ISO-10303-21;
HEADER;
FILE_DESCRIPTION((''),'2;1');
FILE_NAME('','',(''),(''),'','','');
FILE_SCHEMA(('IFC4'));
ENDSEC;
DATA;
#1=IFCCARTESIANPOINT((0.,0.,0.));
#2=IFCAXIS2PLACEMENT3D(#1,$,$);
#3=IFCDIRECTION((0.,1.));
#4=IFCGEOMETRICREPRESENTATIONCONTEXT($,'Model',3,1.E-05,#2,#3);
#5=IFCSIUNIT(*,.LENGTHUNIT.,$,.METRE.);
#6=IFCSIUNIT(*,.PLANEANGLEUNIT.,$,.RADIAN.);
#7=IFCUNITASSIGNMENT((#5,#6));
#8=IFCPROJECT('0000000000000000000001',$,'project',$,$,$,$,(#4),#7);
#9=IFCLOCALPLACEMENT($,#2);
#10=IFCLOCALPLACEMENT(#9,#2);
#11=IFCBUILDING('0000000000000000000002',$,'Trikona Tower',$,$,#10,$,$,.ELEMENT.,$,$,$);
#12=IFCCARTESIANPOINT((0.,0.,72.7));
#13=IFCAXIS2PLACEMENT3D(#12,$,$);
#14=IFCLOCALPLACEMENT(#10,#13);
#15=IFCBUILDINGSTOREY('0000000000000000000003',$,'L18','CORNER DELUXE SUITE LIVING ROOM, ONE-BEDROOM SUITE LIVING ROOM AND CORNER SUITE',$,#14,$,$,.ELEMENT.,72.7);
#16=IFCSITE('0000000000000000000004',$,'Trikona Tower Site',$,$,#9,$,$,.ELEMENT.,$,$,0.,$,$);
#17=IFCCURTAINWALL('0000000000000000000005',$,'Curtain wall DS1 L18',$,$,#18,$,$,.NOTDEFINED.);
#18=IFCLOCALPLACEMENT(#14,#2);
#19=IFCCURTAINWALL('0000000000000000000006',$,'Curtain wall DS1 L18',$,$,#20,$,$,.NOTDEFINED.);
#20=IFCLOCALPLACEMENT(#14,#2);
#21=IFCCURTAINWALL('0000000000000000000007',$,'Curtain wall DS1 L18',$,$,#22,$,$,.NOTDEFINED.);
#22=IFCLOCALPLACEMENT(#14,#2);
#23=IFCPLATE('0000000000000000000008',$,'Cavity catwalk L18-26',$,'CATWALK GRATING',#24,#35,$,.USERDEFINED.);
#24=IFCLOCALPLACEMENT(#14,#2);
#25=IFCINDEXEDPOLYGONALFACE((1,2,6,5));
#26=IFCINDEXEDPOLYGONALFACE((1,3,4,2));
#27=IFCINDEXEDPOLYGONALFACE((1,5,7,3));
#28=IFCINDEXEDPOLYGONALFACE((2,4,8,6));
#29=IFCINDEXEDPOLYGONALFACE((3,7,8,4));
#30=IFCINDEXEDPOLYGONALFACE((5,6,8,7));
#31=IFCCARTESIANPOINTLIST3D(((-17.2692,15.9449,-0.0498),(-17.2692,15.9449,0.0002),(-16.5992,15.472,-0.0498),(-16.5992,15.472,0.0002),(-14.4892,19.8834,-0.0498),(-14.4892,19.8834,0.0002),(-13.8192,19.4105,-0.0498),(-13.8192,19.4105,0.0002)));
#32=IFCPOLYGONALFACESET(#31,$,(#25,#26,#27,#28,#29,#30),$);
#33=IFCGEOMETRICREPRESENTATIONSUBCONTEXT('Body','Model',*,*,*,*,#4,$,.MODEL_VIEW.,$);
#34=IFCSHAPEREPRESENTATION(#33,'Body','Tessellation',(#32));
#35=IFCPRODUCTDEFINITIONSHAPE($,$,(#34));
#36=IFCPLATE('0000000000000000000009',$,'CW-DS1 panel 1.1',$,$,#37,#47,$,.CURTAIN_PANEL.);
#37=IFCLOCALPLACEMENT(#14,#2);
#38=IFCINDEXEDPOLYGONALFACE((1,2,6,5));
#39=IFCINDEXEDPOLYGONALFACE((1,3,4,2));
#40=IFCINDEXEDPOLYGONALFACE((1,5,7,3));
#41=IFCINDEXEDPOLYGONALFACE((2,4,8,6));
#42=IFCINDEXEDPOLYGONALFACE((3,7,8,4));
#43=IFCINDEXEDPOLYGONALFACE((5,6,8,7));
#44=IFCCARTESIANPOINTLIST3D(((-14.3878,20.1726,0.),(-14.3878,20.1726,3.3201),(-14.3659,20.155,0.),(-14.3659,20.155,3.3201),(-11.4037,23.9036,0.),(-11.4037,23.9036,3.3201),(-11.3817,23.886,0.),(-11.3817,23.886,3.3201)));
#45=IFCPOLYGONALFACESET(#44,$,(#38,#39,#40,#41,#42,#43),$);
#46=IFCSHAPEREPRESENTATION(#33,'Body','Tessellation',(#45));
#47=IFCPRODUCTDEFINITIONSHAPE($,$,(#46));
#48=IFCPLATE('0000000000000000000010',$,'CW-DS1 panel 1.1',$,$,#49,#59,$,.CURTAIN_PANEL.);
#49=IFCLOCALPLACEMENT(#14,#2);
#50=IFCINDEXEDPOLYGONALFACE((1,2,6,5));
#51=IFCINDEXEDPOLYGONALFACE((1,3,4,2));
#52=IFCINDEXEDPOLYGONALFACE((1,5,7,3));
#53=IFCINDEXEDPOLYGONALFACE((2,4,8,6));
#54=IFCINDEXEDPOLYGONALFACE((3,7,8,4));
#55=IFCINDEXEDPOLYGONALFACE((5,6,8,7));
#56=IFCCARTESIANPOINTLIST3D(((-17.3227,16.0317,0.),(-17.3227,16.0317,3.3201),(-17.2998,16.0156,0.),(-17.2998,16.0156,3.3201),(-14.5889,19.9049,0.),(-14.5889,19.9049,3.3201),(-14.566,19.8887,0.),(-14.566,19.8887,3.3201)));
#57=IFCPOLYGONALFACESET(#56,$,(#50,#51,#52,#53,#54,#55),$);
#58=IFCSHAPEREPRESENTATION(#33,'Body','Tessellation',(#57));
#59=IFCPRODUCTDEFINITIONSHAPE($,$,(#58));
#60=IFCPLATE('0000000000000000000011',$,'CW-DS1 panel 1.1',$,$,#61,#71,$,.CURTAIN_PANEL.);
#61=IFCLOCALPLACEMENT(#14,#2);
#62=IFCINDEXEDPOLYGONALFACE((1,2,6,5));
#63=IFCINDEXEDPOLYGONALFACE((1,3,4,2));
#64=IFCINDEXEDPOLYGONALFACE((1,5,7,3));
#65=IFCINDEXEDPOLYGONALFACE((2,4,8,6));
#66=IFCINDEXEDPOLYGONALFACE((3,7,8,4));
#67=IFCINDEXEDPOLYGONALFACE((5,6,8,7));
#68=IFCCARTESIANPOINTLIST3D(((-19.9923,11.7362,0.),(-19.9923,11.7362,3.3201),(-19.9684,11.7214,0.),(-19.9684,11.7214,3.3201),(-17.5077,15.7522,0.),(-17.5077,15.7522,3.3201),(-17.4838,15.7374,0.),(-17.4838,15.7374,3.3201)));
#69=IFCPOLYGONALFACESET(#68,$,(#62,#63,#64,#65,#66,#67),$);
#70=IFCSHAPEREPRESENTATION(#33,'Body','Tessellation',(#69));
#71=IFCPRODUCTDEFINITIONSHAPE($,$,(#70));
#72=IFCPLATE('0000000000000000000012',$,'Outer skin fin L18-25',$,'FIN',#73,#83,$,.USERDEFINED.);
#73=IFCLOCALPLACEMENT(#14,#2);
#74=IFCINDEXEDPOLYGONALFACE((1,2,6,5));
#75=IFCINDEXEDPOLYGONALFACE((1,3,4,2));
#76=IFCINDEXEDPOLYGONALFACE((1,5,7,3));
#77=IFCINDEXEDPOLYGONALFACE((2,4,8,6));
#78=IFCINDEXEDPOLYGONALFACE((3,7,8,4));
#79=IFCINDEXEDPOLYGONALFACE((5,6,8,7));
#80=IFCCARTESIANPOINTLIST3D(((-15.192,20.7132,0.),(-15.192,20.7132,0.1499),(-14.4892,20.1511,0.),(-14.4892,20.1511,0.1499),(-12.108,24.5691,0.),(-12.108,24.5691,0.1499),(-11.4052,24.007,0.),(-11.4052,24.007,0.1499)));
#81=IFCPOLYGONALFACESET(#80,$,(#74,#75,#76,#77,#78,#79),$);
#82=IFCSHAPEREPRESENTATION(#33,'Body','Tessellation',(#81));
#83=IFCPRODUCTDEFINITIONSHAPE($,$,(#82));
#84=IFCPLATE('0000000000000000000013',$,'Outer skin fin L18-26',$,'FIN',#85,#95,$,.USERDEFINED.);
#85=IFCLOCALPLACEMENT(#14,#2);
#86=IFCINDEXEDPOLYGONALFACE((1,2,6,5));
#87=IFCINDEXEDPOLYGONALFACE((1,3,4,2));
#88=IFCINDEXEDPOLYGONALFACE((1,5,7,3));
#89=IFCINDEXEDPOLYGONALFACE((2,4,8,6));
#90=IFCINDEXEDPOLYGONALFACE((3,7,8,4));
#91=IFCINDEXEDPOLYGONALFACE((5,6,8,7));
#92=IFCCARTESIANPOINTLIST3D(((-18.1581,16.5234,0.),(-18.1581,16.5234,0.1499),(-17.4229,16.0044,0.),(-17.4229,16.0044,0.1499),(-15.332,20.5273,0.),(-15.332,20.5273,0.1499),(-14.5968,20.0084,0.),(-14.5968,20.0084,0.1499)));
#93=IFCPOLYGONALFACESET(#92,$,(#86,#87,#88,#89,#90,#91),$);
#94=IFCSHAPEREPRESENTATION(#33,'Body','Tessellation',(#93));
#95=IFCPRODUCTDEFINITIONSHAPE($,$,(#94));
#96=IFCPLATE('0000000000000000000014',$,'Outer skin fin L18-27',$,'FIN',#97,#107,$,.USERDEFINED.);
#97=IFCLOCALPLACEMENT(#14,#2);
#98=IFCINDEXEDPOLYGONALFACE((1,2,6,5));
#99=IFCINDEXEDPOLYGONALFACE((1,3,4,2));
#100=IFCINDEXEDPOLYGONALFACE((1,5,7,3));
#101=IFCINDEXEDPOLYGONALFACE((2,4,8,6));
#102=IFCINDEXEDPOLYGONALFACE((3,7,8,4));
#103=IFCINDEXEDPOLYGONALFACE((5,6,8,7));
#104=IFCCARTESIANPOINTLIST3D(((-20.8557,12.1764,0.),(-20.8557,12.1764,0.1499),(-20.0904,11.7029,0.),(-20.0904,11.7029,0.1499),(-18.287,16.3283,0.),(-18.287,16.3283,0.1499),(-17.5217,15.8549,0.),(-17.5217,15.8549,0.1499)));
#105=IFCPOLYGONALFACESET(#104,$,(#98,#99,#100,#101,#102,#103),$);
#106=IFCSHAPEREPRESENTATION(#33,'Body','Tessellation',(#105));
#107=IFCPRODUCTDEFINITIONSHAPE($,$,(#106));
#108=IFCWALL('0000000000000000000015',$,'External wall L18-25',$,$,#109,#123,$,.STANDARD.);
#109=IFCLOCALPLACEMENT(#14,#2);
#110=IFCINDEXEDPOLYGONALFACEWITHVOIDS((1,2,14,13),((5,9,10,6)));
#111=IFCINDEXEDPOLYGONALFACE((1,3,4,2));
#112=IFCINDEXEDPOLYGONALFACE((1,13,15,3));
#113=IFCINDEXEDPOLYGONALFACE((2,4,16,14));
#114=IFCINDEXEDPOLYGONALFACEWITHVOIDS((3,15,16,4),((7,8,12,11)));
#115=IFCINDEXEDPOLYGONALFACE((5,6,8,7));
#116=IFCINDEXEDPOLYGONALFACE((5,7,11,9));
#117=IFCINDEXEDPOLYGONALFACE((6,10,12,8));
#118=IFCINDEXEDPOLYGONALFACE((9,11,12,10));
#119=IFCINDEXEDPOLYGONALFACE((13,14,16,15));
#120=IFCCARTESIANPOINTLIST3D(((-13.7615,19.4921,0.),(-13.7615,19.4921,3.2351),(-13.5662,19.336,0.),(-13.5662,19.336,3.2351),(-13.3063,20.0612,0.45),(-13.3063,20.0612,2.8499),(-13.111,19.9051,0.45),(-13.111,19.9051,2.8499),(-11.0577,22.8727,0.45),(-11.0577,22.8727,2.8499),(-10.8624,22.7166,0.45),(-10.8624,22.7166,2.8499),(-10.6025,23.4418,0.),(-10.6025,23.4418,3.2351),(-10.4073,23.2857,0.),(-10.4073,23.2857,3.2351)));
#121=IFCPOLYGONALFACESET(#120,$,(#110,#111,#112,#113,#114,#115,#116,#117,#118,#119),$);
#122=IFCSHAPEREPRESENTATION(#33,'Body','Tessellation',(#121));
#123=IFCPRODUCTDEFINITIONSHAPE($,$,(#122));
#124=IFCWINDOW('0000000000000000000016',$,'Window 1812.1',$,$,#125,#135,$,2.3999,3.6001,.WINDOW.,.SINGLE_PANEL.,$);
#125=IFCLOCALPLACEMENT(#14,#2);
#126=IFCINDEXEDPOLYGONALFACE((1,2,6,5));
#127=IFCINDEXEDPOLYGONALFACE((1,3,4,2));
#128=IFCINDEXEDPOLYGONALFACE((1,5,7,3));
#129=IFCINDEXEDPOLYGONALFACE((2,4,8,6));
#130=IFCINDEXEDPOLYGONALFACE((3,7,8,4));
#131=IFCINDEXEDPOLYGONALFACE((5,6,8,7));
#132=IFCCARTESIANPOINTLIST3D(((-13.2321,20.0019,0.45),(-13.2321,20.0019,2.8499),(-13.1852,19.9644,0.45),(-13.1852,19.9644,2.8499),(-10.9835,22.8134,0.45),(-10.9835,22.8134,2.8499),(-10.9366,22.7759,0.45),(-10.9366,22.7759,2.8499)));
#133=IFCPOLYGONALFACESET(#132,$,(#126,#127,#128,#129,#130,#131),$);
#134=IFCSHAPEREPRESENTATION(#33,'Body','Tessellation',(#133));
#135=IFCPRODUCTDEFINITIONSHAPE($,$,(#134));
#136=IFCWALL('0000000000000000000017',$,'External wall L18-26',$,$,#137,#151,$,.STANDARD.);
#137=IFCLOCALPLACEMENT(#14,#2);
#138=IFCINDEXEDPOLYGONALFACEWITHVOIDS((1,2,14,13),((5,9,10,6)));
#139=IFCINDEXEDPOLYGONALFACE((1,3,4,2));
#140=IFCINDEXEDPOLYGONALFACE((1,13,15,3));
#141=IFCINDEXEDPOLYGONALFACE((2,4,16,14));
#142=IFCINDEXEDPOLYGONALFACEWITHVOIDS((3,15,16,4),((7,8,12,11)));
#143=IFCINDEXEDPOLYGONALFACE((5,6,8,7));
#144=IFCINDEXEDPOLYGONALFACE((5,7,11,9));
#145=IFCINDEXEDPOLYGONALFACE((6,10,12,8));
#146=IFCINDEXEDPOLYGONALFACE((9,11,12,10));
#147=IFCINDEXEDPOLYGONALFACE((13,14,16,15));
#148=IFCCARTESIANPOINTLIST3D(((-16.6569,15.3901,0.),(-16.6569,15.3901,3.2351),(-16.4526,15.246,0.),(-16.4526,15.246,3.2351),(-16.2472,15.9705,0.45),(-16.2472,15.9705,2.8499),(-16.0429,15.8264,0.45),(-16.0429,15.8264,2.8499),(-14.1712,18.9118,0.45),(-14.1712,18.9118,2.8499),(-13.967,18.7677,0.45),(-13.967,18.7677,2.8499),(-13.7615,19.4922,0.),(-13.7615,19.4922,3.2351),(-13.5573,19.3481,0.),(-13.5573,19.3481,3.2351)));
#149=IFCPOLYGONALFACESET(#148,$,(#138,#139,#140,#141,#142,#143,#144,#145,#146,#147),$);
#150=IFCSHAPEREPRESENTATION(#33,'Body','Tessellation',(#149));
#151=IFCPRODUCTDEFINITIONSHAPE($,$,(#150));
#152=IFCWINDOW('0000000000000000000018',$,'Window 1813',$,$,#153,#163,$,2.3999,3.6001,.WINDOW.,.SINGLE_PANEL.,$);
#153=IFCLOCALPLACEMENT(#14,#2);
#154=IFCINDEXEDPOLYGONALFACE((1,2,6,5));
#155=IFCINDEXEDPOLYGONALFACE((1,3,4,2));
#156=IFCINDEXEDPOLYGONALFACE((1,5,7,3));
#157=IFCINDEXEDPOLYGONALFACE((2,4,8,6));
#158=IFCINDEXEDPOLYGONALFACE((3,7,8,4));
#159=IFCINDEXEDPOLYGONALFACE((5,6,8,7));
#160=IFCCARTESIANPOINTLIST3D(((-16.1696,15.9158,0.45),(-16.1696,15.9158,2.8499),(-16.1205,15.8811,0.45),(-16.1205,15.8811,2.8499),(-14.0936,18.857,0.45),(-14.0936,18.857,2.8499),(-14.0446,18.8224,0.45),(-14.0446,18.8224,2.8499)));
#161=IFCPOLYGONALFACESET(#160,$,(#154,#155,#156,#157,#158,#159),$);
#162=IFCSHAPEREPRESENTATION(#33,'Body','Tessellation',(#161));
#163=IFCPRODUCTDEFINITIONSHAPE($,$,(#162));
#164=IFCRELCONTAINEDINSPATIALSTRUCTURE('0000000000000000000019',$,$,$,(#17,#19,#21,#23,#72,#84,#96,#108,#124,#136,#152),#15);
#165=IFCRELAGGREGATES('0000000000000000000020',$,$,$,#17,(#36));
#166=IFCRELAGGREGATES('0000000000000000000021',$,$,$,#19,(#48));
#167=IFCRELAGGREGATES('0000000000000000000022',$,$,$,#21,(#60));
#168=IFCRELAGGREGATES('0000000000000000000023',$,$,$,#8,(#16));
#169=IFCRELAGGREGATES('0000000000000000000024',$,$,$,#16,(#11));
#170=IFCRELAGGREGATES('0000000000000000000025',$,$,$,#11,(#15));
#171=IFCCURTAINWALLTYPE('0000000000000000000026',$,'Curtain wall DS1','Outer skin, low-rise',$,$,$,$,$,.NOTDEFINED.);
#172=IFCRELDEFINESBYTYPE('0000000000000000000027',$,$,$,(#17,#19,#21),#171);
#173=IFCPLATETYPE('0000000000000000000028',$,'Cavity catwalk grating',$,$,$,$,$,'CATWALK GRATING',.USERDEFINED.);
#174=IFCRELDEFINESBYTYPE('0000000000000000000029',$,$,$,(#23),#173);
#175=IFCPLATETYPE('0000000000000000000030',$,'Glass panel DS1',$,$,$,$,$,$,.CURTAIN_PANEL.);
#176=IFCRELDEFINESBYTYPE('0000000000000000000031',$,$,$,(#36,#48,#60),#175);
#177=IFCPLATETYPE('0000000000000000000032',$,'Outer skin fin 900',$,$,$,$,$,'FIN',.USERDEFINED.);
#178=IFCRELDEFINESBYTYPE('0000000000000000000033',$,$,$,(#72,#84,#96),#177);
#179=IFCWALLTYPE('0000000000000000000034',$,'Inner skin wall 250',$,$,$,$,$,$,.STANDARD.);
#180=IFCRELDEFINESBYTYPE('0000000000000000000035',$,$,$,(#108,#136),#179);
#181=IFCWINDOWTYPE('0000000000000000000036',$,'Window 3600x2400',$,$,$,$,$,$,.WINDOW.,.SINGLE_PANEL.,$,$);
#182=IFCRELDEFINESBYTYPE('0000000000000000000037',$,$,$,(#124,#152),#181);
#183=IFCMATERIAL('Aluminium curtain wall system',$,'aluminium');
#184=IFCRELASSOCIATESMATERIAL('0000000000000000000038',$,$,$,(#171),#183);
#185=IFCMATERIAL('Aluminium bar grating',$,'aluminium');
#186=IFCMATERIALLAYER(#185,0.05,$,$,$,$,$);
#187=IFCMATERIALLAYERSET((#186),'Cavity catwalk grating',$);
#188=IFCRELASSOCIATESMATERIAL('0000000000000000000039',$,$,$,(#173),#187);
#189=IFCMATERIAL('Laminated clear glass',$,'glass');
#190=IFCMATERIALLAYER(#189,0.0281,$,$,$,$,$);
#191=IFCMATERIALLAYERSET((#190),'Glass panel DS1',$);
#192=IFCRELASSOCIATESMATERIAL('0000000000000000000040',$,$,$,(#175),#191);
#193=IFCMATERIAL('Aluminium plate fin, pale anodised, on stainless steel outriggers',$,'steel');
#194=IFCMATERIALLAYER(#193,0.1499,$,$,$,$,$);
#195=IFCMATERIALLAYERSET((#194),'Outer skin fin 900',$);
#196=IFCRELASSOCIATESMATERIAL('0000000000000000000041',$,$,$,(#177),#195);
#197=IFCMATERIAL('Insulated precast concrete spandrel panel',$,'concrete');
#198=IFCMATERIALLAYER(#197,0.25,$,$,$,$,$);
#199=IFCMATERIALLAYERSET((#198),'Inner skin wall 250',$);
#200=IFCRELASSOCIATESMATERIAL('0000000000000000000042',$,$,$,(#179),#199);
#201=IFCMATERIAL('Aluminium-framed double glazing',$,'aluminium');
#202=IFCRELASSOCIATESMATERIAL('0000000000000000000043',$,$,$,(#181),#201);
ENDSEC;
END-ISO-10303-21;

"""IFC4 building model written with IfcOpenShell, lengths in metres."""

from ifc_helpers import new_model, si_unit, direction, frame, frame_2d, origin, origin_2d, place, context, subcontext, project, spatial, rectangle, extrude, material, layer, layer_set, type_object, element, fill, aggregate, save


model = new_model("IFC4")

# Units and contexts
model_context = context("Model", 3, precision=1e-05, world=origin(), true_north=direction((0.0, 1.0)))
body_context = subcontext(model_context, "Body", "Model", "MODEL_VIEW")
ifc_project = project(units=[si_unit("LENGTHUNIT", "METRE"), si_unit("PLANEANGLEUNIT", "RADIAN")], contexts=[model_context])

# Site, building, storey
site_placement = place(None, origin())
site = spatial("IfcSite", under=ifc_project, at=site_placement, Name="Trikona Tower Site", CompositionType="ELEMENT", RefElevation=0.0)
building_placement = place(site_placement, origin())
building = spatial("IfcBuilding", under=site, at=building_placement, Name="Trikona Tower", CompositionType="ELEMENT")
storey_placement = place(building_placement, frame((0.0, 0.0, 72.7)))
storey = spatial("IfcBuildingStorey", under=building, at=storey_placement, Name="L18", Description="CORNER DELUXE SUITE LIVING ROOM, ONE-BEDROOM SUITE LIVING ROOM AND CORNER SUITE", CompositionType="ELEMENT", Elevation=72.7)

# Shared definitions
ifc_material_1 = material(Name="Aluminium curtain wall system", Category="aluminium")
curtain_wall_type = type_object("IfcCurtainWallType", Name="Curtain wall DS1", Description="Outer skin, low-rise", PredefinedType="NOTDEFINED", material=ifc_material_1)

# Curtain walls
curtain_wall_1_placement = place(storey_placement, origin())
curtain_wall_1 = element("IfcCurtainWall", 1, at=curtain_wall_1_placement, inside=storey, type_object=curtain_wall_type, Name="Curtain wall DS1 L18", PredefinedType="NOTDEFINED")
curtain_wall_2_placement = place(storey_placement, origin())
curtain_wall_2 = element("IfcCurtainWall", 2, at=curtain_wall_2_placement, inside=storey, type_object=curtain_wall_type, Name="Curtain wall DS1 L18", PredefinedType="NOTDEFINED")

# Curtain wall
curtain_wall_3_placement = place(storey_placement, origin())
curtain_wall_3 = element("IfcCurtainWall", 3, at=curtain_wall_3_placement, inside=storey, type_object=curtain_wall_type, Name="Curtain wall DS1 L18", PredefinedType="NOTDEFINED")

# Plate
ifc_material_2 = material(Name="Aluminium bar grating", Category="aluminium")
ifc_layer_1 = layer(ifc_material_2, 0.05)
ifc_layer_set_1 = layer_set([ifc_layer_1], Name="Cavity catwalk grating")
plate_type_1 = type_object("IfcPlateType", Name="Cavity catwalk grating", ElementType="CATWALK GRATING", PredefinedType="USERDEFINED", material=ifc_layer_set_1)
plate_1_placement = place(storey_placement, frame((-15.5442, 17.6777, -0.0498), z_axis=(0.0, 0.0, 1.0), x_axis=(-0.576662, -0.816983, 0.0)))
element("IfcPlate", 4, at=plate_1_placement, inside=storey, type_object=plate_type_1, Name="Cavity catwalk L18-26", ObjectType="CATWALK GRATING", PredefinedType="USERDEFINED", context=body_context, shape_type="SweptSolid", body=[
    extrude(rectangle(XDim=4.8208, YDim=0.8201, at=origin_2d()), origin(), (0.0, 0.0, 1.0), 0.05),
])

# Plates
ifc_material_3 = material(Name="Laminated clear glass", Category="glass")
ifc_layer_2 = layer(ifc_material_3, 0.0281)
ifc_layer_set_2 = layer_set([ifc_layer_2], Name="Glass panel DS1")
plate_type_2 = type_object("IfcPlateType", Name="Glass panel DS1", PredefinedType="CURTAIN_PANEL", material=ifc_layer_set_2)
plate_2_placement = place(storey_placement, frame((-12.8848, 22.0293, 0.0), z_axis=(0.0, 0.0, 1.0), x_axis=(-0.624609, -0.780938, 0.0)))
plate_2 = element("IfcPlate", 5, at=plate_2_placement, type_object=plate_type_2, Name="CW-DS1 panel 1.1", PredefinedType="CURTAIN_PANEL", context=body_context, shape_type="SweptSolid", body=[
    extrude(rectangle(XDim=4.7776, YDim=0.0281, at=origin_2d()), origin(), (0.0, 0.0, 1.0), 3.3201),
])
aggregate(curtain_wall_1, [plate_2])
plate_3_placement = place(storey_placement, frame((-15.9443, 17.9602, 0.0), z_axis=(0.0, 0.0, 1.0), x_axis=(-0.576658, -0.816985, 0.0)))
plate_3 = element("IfcPlate", 6, at=plate_3_placement, type_object=plate_type_2, Name="CW-DS1 panel 1.1", PredefinedType="CURTAIN_PANEL", context=body_context, shape_type="SweptSolid", body=[
    extrude(rectangle(XDim=4.7407, YDim=0.0281, at=origin_2d()), origin(), (0.0, 0.0, 1.0), 3.3201),
])
aggregate(curtain_wall_2, [plate_3])
plate_4_placement = place(storey_placement, frame((-18.738, 13.7368, 0.0), z_axis=(0.0, 0.0, 1.0), x_axis=(-0.52612, -0.85041, 0.0)))
plate_4 = element("IfcPlate", 7, at=plate_4_placement, type_object=plate_type_2, Name="CW-DS1 panel 1.1", PredefinedType="CURTAIN_PANEL", context=body_context, shape_type="SweptSolid", body=[
    extrude(rectangle(XDim=4.7224, YDim=0.0281, at=origin_2d()), origin(), (0.0, 0.0, 1.0), 3.3201),
])
aggregate(curtain_wall_3, [plate_4])

# Plates
ifc_material_4 = material(Name="Aluminium plate fin, pale anodised, on stainless steel outriggers", Category="steel")
ifc_layer_3 = layer(ifc_material_4, 0.1499)
ifc_layer_set_3 = layer_set([ifc_layer_3], Name="Outer skin fin 900")
plate_type_3 = type_object("IfcPlateType", Name="Outer skin fin 900", ElementType="FIN", PredefinedType="USERDEFINED", material=ifc_layer_set_3)
plate_5_placement = place(storey_placement, frame((-13.2986, 22.3601, 0.0), z_axis=(0.0, 0.0, 1.0), x_axis=(-0.624604, -0.780942, 0.0)))
element("IfcPlate", 8, at=plate_5_placement, inside=storey, type_object=plate_type_3, Name="Outer skin fin L18-25", ObjectType="FIN", PredefinedType="USERDEFINED", context=body_context, shape_type="SweptSolid", body=[
    extrude(rectangle(XDim=4.9375, YDim=0.8999, at=origin_2d()), origin(), (0.0, 0.0, 1.0), 0.1499),
])
plate_6_placement = place(storey_placement, frame((-16.3774, 18.2659, 0.0), z_axis=(0.0, 0.0, 1.0), x_axis=(-0.576662, -0.816983, 0.0)))
element("IfcPlate", 9, at=plate_6_placement, inside=storey, type_object=plate_type_3, Name="Outer skin fin L18-26", ObjectType="FIN", PredefinedType="USERDEFINED", context=body_context, shape_type="SweptSolid", body=[
    extrude(rectangle(XDim=4.9009, YDim=0.8999, at=origin_2d()), origin(), (0.0, 0.0, 1.0), 0.1499),
])
plate_7_placement = place(storey_placement, frame((-19.1887, 14.0156, 0.0), z_axis=(0.0, 0.0, 1.0), x_axis=(-0.526119, -0.850411, 0.0)))
element("IfcPlate", 10, at=plate_7_placement, inside=storey, type_object=plate_type_3, Name="Outer skin fin L18-27", ObjectType="FIN", PredefinedType="USERDEFINED", context=body_context, shape_type="SweptSolid", body=[
    extrude(rectangle(XDim=4.8823, YDim=0.8999, at=origin_2d()), origin(), (0.0, 0.0, 1.0), 0.1499),
])

# Walls, openings, windows
ifc_material_5 = material(Name="Insulated precast concrete spandrel panel", Category="concrete")
ifc_layer_4 = layer(ifc_material_5, 0.25)
ifc_layer_set_4 = layer_set([ifc_layer_4], Name="Inner skin wall 250")
wall_type = type_object("IfcWallType", Name="Inner skin wall 250", PredefinedType="STANDARD", material=ifc_layer_set_4)
wall_1_placement = place(storey_placement, frame((-10.5049, 23.3638, 0.0), z_axis=(0.0, 0.0, 1.0), x_axis=(-0.624595, -0.780949, 0.0)))
wall_1 = element("IfcWall", 11, at=wall_1_placement, inside=storey, type_object=wall_type, Name="External wall L18-25", PredefinedType="STANDARD", context=body_context, shape_type="SweptSolid", body=[
    extrude(rectangle(XDim=5.0576, YDim=0.25, at=frame_2d((2.5288, 0.0))), origin(), (0.0, 0.0, 1.0), 3.2351),
])
opening_1_placement = place(wall_1_placement, frame((0.7288, 0.0, 0.45)))
opening_1 = element("IfcOpeningElement", 12, at=opening_1_placement, cuts=wall_1, PredefinedType="OPENING", context=body_context, shape_type="SweptSolid", body=[
    extrude(rectangle(XDim=3.6001, YDim=2.3999, at=frame_2d((1.8, 1.2))), frame((0.0, 0.135, 0.0), z_axis=(0.0, -1.0, 0.0), x_axis=(1.0, 0.0, 0.0)), (0.0, 0.0, 1.0), 0.27),
])
ifc_material_6 = material(Name="Aluminium-framed double glazing", Category="aluminium")
window_type = type_object("IfcWindowType", Name="Window 3600x2400", PartitioningType="SINGLE_PANEL", PredefinedType="WINDOW", material=ifc_material_6)
window_1_placement = place(opening_1_placement, origin())
window_1 = element("IfcWindow", 13, at=window_1_placement, inside=storey, type_object=window_type, Name="Window 1812.1", OverallHeight=2.3999, OverallWidth=3.6001, PartitioningType="SINGLE_PANEL", PredefinedType="WINDOW", context=body_context, shape_type="SweptSolid", body=[
    extrude(rectangle(XDim=3.6001, YDim=2.3999, at=frame_2d((1.8, 1.2))), frame((0.0, 0.03, 0.0), z_axis=(0.0, -1.0, 0.0), x_axis=(1.0, 0.0, 0.0)), (0.0, 0.0, 1.0), 0.0601),
])
fill(opening_1, window_1)
wall_2_placement = place(storey_placement, frame((-13.6594, 19.4202, 0.0), z_axis=(0.0, 0.0, 1.0), x_axis=(-0.576643, -0.816996, 0.0)))
wall_2 = element("IfcWall", 14, at=wall_2_placement, inside=storey, type_object=wall_type, Name="External wall L18-26", PredefinedType="STANDARD", context=body_context, shape_type="SweptSolid", body=[
    extrude(rectangle(XDim=5.021, YDim=0.25, at=frame_2d((2.5105, 0.0))), origin(), (0.0, 0.0, 1.0), 3.2351),
])
opening_2_placement = place(wall_2_placement, frame((0.7104, 0.0, 0.45)))
opening_2 = element("IfcOpeningElement", 15, at=opening_2_placement, cuts=wall_2, PredefinedType="OPENING", context=body_context, shape_type="SweptSolid", body=[
    extrude(rectangle(XDim=3.6001, YDim=2.3999, at=frame_2d((1.8, 1.2))), frame((0.0, 0.135, 0.0), z_axis=(0.0, -1.0, 0.0), x_axis=(1.0, 0.0, 0.0)), (0.0, 0.0, 1.0), 0.27),
])
window_2_placement = place(opening_2_placement, origin())
window_2 = element("IfcWindow", 16, at=window_2_placement, inside=storey, type_object=window_type, Name="Window 1813", OverallHeight=2.3999, OverallWidth=3.6001, PartitioningType="SINGLE_PANEL", PredefinedType="WINDOW", context=body_context, shape_type="SweptSolid", body=[
    extrude(rectangle(XDim=3.6001, YDim=2.3999, at=frame_2d((1.8, 1.2))), frame((0.0, 0.03, 0.0), z_axis=(0.0, -1.0, 0.0), x_axis=(1.0, 0.0, 0.0)), (0.0, 0.0, 1.0), 0.0601),
])
fill(opening_2, window_2)

save(model, "model.ifc")
